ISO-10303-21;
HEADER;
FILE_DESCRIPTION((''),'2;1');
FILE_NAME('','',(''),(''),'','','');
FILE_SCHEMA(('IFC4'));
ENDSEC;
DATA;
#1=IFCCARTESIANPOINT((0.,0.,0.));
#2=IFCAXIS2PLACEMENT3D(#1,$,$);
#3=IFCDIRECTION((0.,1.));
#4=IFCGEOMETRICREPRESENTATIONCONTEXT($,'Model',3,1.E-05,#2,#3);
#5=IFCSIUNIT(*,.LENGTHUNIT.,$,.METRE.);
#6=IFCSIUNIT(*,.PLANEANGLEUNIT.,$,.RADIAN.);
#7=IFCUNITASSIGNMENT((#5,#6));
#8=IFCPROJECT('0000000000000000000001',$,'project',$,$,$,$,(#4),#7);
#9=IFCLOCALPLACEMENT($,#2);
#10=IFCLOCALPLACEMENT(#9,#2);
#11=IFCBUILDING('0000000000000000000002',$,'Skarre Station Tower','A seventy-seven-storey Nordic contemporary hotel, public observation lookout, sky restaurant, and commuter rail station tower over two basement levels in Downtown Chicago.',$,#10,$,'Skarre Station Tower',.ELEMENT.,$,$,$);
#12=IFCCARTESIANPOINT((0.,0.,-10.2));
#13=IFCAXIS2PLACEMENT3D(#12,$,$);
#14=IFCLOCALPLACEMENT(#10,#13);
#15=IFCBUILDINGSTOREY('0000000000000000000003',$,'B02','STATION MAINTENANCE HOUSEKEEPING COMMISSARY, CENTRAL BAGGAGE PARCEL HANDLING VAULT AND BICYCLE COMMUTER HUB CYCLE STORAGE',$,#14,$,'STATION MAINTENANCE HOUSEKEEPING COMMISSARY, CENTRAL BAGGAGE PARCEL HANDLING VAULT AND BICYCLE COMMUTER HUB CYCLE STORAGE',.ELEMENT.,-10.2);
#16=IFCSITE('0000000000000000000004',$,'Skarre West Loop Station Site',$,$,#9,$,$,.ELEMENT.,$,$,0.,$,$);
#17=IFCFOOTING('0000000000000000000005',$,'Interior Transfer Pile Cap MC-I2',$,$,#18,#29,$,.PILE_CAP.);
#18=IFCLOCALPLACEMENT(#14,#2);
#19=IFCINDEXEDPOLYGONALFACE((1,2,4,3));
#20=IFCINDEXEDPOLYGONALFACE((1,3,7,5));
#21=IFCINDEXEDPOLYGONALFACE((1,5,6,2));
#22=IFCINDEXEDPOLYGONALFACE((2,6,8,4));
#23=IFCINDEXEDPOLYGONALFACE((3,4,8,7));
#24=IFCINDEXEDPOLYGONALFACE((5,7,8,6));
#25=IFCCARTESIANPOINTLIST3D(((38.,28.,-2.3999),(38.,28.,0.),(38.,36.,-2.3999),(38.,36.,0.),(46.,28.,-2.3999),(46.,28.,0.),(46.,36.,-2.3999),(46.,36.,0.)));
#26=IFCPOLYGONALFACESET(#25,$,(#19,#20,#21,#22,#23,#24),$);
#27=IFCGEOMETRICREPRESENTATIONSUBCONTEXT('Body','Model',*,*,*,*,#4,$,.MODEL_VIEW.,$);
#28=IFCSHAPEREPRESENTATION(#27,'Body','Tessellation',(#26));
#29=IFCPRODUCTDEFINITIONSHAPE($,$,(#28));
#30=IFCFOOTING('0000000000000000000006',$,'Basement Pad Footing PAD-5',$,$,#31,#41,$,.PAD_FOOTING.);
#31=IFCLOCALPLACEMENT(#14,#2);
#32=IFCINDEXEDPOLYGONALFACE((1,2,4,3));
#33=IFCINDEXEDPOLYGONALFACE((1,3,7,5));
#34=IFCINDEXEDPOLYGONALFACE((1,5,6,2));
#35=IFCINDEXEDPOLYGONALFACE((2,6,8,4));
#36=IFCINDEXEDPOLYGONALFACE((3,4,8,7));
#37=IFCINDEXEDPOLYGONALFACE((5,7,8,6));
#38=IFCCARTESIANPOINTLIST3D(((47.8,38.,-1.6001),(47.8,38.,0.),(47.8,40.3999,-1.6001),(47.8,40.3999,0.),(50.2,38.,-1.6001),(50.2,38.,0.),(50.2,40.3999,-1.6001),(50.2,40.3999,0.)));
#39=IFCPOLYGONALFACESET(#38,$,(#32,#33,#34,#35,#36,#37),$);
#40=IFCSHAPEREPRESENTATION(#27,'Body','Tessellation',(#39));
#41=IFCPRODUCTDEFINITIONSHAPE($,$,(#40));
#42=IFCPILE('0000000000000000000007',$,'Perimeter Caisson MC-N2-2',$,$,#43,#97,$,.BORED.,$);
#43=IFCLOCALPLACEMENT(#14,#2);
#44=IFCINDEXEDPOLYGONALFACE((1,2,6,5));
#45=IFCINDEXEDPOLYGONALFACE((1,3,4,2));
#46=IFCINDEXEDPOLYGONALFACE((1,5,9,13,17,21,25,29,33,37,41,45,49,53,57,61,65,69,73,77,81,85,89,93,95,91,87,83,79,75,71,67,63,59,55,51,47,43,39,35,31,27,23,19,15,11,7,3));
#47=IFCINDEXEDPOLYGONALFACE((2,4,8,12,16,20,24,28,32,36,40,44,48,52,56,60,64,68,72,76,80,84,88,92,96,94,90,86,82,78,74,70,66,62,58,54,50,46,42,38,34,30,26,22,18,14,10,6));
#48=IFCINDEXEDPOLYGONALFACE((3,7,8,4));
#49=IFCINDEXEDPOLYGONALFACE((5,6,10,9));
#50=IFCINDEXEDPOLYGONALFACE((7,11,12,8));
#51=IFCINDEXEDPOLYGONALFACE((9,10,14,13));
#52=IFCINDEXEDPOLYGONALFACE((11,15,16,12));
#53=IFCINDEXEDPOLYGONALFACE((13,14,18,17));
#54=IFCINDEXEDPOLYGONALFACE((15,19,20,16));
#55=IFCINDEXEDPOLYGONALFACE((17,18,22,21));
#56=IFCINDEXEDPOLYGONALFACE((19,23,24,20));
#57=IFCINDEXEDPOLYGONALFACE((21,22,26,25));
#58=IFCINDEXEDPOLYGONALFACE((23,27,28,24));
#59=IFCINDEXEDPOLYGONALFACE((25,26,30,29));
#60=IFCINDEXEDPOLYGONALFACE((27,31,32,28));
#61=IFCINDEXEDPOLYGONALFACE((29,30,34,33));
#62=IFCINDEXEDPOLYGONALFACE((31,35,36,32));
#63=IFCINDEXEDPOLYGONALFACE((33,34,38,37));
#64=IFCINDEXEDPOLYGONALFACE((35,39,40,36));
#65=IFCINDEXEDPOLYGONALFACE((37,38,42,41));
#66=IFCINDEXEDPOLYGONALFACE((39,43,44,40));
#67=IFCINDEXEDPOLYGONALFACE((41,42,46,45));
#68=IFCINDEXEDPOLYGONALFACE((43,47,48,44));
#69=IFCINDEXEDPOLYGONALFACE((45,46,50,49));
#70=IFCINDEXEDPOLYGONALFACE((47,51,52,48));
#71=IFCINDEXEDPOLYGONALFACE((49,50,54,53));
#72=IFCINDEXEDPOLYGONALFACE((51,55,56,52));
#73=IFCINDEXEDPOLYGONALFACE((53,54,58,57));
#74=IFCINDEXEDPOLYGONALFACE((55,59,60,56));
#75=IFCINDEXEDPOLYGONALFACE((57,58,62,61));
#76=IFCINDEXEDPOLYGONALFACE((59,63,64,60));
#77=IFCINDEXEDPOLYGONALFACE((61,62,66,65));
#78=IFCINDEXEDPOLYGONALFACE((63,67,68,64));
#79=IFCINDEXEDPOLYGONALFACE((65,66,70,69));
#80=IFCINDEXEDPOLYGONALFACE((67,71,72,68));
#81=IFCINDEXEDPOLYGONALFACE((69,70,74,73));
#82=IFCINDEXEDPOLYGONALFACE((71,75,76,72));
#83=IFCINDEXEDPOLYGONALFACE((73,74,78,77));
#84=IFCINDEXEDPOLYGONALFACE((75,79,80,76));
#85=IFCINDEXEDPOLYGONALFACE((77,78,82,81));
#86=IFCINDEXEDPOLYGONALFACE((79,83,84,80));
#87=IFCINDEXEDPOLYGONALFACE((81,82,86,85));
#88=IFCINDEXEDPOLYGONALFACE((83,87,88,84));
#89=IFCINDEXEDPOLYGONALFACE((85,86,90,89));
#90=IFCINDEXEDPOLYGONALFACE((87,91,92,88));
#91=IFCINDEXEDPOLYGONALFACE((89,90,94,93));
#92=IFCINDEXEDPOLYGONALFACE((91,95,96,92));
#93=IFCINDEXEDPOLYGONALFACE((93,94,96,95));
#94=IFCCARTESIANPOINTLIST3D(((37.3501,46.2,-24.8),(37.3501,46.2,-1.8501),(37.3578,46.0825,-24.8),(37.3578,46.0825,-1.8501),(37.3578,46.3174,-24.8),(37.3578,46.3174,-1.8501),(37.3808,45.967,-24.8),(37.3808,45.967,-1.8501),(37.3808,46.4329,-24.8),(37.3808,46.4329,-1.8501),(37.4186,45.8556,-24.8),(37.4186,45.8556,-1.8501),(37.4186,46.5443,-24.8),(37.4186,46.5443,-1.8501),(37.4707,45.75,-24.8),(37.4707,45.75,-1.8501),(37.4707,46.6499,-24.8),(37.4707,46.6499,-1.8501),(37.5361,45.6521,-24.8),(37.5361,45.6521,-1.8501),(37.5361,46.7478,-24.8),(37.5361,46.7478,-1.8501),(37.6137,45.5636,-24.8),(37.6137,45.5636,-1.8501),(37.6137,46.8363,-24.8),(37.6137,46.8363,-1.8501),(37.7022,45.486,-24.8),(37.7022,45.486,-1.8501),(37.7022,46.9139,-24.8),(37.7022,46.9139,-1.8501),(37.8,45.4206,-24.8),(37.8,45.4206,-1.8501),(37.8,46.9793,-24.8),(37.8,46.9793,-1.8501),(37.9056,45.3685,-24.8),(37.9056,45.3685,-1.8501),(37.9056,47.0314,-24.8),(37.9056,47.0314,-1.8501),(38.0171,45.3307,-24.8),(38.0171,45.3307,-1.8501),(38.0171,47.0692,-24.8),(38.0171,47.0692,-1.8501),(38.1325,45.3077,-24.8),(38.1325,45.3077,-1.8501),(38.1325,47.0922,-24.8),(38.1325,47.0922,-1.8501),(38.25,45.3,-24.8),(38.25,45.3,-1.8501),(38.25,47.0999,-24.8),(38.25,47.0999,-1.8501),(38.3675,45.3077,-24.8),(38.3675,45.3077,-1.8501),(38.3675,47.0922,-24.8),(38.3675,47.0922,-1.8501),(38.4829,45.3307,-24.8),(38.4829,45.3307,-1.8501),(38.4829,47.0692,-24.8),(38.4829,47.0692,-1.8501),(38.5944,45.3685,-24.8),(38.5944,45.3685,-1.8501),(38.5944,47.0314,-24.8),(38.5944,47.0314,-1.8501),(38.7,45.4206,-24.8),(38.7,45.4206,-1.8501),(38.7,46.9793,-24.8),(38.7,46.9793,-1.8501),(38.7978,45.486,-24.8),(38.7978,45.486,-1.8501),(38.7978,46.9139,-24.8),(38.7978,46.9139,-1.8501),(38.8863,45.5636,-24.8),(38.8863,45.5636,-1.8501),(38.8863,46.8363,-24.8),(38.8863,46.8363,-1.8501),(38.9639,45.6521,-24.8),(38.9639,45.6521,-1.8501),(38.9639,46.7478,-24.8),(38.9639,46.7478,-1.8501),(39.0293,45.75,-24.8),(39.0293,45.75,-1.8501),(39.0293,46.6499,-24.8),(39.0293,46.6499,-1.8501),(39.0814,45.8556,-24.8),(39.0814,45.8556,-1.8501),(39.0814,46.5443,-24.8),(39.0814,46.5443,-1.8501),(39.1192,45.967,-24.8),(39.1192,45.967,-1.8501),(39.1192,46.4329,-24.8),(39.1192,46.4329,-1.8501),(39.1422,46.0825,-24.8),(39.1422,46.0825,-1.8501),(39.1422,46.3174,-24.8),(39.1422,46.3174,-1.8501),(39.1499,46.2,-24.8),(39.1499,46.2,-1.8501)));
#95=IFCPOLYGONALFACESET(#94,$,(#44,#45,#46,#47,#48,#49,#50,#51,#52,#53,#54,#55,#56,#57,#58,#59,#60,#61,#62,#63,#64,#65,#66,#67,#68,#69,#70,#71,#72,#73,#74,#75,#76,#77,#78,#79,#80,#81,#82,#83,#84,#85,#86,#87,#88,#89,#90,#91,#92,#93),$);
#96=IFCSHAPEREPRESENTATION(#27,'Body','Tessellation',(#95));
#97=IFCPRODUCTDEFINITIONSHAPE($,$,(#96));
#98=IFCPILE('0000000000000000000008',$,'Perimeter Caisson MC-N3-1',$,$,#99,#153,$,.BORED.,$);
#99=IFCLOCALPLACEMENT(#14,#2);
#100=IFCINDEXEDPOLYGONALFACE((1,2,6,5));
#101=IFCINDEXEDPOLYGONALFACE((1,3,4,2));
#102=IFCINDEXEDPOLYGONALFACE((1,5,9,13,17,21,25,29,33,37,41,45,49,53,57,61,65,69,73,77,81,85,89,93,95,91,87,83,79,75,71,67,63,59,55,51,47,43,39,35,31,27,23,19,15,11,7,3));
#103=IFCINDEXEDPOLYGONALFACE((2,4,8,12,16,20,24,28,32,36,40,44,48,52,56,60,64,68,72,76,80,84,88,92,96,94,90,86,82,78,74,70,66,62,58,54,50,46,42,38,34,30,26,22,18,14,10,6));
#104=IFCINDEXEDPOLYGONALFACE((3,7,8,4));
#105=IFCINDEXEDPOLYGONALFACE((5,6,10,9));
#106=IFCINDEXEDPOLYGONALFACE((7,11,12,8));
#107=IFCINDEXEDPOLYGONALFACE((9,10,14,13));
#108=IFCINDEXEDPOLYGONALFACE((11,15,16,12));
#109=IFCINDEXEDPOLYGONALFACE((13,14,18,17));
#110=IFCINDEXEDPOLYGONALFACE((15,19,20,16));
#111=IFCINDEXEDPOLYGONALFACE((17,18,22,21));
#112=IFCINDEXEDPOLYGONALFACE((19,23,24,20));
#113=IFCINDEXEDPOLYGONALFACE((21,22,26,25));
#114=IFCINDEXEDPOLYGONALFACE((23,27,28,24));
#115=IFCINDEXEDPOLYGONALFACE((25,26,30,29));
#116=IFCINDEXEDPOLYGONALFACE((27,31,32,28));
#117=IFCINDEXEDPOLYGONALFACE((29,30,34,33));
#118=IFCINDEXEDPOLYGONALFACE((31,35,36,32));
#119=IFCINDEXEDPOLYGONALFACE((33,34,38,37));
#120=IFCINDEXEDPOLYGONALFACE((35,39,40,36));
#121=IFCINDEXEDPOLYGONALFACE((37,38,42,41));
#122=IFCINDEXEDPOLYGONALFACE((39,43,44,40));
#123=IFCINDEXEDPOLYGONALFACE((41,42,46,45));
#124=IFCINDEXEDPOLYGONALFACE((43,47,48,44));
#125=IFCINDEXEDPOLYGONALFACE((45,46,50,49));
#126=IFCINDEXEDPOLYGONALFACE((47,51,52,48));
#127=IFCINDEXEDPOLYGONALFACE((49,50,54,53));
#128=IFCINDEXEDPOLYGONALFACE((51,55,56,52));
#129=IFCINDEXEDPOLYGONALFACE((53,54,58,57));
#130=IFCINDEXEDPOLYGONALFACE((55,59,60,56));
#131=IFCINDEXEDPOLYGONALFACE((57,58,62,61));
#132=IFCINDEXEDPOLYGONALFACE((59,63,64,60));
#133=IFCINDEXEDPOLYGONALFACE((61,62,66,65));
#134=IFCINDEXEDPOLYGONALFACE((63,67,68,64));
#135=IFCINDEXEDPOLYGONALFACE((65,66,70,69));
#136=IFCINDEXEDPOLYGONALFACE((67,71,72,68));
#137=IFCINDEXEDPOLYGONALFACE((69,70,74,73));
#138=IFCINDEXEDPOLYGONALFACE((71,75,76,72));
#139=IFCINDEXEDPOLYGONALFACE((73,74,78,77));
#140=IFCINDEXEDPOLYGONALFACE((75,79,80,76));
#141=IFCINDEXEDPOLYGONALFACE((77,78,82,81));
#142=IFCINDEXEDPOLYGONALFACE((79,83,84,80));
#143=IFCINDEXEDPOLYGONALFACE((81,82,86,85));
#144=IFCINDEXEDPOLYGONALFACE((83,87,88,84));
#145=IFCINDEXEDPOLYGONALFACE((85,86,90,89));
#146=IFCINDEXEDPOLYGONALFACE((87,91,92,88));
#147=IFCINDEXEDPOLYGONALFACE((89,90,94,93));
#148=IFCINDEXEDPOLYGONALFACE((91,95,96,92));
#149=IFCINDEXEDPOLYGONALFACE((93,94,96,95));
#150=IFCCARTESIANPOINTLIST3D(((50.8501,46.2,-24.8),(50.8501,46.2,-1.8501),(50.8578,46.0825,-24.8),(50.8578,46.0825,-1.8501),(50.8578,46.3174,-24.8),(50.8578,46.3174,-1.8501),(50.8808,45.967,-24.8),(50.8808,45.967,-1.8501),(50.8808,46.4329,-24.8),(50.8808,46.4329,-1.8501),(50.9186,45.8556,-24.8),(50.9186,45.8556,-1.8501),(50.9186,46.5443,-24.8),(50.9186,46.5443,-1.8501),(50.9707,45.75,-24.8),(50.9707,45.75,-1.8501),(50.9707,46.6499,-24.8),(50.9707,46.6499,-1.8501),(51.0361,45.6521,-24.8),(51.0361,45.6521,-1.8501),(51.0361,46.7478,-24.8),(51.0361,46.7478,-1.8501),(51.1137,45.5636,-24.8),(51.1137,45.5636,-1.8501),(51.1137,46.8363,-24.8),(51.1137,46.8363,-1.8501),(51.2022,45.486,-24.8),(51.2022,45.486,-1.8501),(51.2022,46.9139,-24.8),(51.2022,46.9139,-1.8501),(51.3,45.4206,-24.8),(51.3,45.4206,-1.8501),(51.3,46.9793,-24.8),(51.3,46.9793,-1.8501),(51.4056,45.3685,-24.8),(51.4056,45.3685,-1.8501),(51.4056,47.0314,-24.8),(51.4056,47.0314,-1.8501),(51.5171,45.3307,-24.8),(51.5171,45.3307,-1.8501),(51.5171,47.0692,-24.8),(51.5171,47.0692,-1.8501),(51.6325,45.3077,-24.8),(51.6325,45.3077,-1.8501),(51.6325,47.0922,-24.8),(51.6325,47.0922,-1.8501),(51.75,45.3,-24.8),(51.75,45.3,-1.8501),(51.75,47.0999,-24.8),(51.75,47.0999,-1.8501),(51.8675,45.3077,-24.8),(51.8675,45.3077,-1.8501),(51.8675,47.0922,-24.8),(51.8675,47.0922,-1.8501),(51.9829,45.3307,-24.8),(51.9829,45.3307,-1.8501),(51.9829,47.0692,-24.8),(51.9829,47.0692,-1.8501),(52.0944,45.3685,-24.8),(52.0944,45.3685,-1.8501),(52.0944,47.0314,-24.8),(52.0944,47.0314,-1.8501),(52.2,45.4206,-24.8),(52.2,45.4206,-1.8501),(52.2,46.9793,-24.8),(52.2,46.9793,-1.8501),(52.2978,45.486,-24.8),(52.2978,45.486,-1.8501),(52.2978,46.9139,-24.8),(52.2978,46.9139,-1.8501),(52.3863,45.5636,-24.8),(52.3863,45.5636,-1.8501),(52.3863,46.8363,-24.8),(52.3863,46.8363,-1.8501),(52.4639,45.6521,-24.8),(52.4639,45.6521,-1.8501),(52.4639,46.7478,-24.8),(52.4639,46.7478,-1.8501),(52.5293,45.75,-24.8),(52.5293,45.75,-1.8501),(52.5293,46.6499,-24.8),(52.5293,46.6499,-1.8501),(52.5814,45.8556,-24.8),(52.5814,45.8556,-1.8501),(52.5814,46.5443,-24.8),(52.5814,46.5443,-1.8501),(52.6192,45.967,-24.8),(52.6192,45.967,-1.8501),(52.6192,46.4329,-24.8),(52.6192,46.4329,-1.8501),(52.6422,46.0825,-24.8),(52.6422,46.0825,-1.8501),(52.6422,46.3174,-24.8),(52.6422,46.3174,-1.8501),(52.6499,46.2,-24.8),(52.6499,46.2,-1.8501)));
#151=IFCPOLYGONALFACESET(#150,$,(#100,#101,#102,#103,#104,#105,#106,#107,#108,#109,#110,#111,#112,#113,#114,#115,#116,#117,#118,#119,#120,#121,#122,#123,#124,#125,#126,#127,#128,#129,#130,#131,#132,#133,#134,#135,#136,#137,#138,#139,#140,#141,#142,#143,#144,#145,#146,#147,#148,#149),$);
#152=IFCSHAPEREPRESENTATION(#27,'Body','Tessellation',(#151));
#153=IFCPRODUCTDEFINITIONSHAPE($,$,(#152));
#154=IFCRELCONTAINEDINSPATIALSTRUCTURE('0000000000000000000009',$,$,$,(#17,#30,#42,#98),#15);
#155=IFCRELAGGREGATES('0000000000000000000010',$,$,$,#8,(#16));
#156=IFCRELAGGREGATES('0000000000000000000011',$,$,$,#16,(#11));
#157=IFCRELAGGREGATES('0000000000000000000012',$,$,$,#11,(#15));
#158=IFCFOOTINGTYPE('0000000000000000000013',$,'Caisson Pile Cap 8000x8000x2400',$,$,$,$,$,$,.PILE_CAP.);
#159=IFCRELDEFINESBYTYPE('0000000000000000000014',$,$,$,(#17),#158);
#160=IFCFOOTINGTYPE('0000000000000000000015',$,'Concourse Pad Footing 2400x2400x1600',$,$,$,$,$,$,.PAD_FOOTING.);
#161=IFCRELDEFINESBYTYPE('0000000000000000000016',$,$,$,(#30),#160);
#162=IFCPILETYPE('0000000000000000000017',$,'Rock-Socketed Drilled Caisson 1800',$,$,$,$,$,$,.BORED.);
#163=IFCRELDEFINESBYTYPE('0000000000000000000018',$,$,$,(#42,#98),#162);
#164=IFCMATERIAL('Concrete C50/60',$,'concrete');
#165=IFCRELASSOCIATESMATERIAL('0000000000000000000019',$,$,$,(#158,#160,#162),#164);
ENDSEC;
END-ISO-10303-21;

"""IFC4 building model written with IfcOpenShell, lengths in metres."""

from ifc_helpers import new_model, si_unit, direction, frame, origin, origin_2d, place, context, subcontext, project, spatial, rectangle, circle, extrude, material, material_profile, profile_set, type_object, element, save


model = new_model("IFC4")

# Units and contexts
model_context = context("Model", 3, precision=1e-05, world=origin(), true_north=direction((0.0, 1.0)))
body_context = subcontext(model_context, "Body", "Model", "MODEL_VIEW")
ifc_project = project(units=[si_unit("LENGTHUNIT", "METRE"), si_unit("PLANEANGLEUNIT", "RADIAN")], contexts=[model_context])

# Site, building, storey
site_placement = place(None, origin())
site = spatial("IfcSite", under=ifc_project, at=site_placement, Name="Skarre West Loop Station Site", CompositionType="ELEMENT", RefElevation=0.0)
building_placement = place(site_placement, origin())
building = spatial("IfcBuilding", under=site, at=building_placement, Name="Skarre Station Tower", Description="A seventy-seven-storey Nordic contemporary hotel, public observation lookout, sky restaurant, and commuter rail station tower over two basement levels in Downtown Chicago.", LongName="Skarre Station Tower", CompositionType="ELEMENT")
storey_placement = place(building_placement, frame((0.0, 0.0, -10.2)))
storey = spatial("IfcBuildingStorey", under=building, at=storey_placement, Name="B02", Description="STATION MAINTENANCE HOUSEKEEPING COMMISSARY, CENTRAL BAGGAGE PARCEL HANDLING VAULT AND BICYCLE COMMUTER HUB CYCLE STORAGE", LongName="STATION MAINTENANCE HOUSEKEEPING COMMISSARY, CENTRAL BAGGAGE PARCEL HANDLING VAULT AND BICYCLE COMMUTER HUB CYCLE STORAGE", CompositionType="ELEMENT", Elevation=-10.2)

# Footings
ifc_material_1 = material(Name="Concrete C50/60", Category="concrete")
footing_type_1 = type_object("IfcFootingType", Name="Caisson Pile Cap 8000x8000x2400", PredefinedType="PILE_CAP", material=ifc_material_1)
footing_1_placement = place(storey_placement, frame((42.0, 32.0, -2.3999), z_axis=(0.0, 0.0, 1.0), x_axis=(1.0, 0.0, 0.0)))
element("IfcFooting", 1, at=footing_1_placement, inside=storey, type_object=footing_type_1, Name="Interior Transfer Pile Cap MC-I2", PredefinedType="PILE_CAP", context=body_context, shape_type="SweptSolid", body=[
    extrude(rectangle(XDim=8.0, YDim=8.0, at=origin_2d()), origin(), (0.0, 0.0, 1.0), 2.3999),
])
footing_type_2 = type_object("IfcFootingType", Name="Concourse Pad Footing 2400x2400x1600", PredefinedType="PAD_FOOTING", material=ifc_material_1)
footing_2_placement = place(storey_placement, frame((49.0, 39.2, -1.6001), z_axis=(0.0, 0.0, 1.0), x_axis=(1.0, 0.0, 0.0)))
element("IfcFooting", 2, at=footing_2_placement, inside=storey, type_object=footing_type_2, Name="Basement Pad Footing PAD-5", PredefinedType="PAD_FOOTING", context=body_context, shape_type="SweptSolid", body=[
    extrude(rectangle(XDim=2.3999, YDim=2.3999, at=origin_2d()), origin(), (0.0, 0.0, 1.0), 1.6001),
])

# Piles
ifc_material_profile_1 = material_profile(ifc_material_1, circle(Radius=0.8999, at=origin_2d()), Name="Concrete C50/60")
ifc_profile_set_1 = profile_set([ifc_material_profile_1], Name="Concrete C50/60")
pile_type_1 = type_object("IfcPileType", Name="Rock-Socketed Drilled Caisson 1800", PredefinedType="BORED", material=ifc_profile_set_1)
for number, where, z_axis, x_axis, name in (
    (3, (38.25, 46.2, -1.8501), (0.0, 0.0, -1.0), (1.0, 0.0, 0.0), "Perimeter Caisson MC-N2-2"),
    (4, (51.75, 46.2, -1.8501), (0.0, 0.0, -1.0), (1.0, 0.0, 0.0), "Perimeter Caisson MC-N3-1"),
):
    element("IfcPile", number, at=place(storey_placement, frame(where, z_axis=z_axis, x_axis=x_axis)), inside=storey, type_object=pile_type_1, Name=name, PredefinedType="BORED", context=body_context, shape_type="SweptSolid", body=[
        extrude(circle(Radius=0.8999, at=origin_2d()), origin(), (0.0, 0.0, 1.0), 22.95),
    ])

save(model, "model.ifc")
